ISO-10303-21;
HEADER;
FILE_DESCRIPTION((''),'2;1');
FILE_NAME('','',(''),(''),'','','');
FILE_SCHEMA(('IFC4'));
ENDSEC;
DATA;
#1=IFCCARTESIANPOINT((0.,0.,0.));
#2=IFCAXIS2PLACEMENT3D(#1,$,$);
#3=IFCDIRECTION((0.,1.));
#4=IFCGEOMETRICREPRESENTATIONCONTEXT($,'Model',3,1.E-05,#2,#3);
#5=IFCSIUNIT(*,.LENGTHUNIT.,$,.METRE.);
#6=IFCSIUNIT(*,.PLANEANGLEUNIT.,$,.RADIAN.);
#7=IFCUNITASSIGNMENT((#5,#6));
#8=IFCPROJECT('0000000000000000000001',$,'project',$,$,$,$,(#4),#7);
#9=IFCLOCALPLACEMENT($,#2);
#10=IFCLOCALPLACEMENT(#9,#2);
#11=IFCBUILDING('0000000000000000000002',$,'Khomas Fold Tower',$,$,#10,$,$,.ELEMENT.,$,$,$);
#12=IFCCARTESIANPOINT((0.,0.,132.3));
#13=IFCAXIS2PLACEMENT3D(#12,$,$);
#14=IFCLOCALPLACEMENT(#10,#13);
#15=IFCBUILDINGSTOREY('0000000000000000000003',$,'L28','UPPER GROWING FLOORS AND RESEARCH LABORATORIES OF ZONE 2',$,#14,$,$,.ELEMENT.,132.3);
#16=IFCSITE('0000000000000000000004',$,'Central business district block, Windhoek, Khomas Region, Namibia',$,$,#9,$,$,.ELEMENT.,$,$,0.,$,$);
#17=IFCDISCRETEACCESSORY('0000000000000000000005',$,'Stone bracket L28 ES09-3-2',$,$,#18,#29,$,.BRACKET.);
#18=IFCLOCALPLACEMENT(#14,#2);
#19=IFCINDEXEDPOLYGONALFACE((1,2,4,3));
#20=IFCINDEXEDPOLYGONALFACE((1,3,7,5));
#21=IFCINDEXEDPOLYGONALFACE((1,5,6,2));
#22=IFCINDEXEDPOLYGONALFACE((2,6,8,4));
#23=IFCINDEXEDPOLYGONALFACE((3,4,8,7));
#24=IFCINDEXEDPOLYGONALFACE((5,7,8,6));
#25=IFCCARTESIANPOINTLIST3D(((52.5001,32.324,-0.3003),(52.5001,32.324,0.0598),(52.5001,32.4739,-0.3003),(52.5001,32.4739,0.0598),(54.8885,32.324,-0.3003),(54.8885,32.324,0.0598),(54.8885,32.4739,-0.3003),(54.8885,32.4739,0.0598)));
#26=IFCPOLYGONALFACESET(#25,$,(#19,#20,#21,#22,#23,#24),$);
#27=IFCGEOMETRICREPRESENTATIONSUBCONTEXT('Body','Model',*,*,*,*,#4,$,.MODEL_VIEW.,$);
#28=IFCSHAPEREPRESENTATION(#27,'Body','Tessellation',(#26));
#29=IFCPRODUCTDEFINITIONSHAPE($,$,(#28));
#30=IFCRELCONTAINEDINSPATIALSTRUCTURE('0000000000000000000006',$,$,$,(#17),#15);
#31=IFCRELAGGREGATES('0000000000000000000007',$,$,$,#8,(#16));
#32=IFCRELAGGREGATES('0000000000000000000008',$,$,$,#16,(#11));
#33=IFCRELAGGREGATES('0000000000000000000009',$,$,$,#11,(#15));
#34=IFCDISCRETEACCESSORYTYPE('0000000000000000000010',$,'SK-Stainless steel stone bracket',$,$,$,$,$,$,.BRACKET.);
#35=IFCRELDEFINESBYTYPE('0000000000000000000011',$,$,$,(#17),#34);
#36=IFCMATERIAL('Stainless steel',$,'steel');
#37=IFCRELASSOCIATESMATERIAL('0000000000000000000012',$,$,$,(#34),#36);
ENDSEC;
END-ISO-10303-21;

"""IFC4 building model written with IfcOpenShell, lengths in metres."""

from ifc_helpers import new_model, si_unit, direction, frame, origin, origin_2d, place, context, subcontext, project, spatial, rectangle, extrude, source, transform, mapped, material, type_object, element, save


model = new_model("IFC4")

# Units and contexts
model_context = context("Model", 3, precision=1e-05, world=origin(), true_north=direction((0.0, 1.0)))
body_context = subcontext(model_context, "Body", "Model", "MODEL_VIEW")
ifc_project = project(units=[si_unit("LENGTHUNIT", "METRE"), si_unit("PLANEANGLEUNIT", "RADIAN")], contexts=[model_context])

# Site, building, storey
site_placement = place(None, origin())
site = spatial("IfcSite", under=ifc_project, at=site_placement, Name="Central business district block, Windhoek, Khomas Region, Namibia", CompositionType="ELEMENT", RefElevation=0.0)
building_placement = place(site_placement, origin())
building = spatial("IfcBuilding", under=site, at=building_placement, Name="Khomas Fold Tower", CompositionType="ELEMENT")
storey_placement = place(building_placement, frame((0.0, 0.0, 132.3)))
storey = spatial("IfcBuildingStorey", under=building, at=storey_placement, Name="L28", Description="UPPER GROWING FLOORS AND RESEARCH LABORATORIES OF ZONE 2", CompositionType="ELEMENT", Elevation=132.3)

# Discrete accessory
ifc_material_1 = material(Name="Stainless steel", Category="steel")
discrete_accessory_type = type_object("IfcDiscreteAccessoryType", Name="SK-Stainless steel stone bracket", PredefinedType="BRACKET", material=ifc_material_1)
shared_shape_1 = source(origin(), body_context, "Body", "SweptSolid", [
    extrude(rectangle(XDim=2.3884, YDim=0.1499, at=origin_2d()), origin(), (0.0, 0.0, 1.0), 0.3601),
])
discrete_accessory_placement = place(storey_placement, frame((53.6943, 32.3989, -0.3003), z_axis=(0.0, 0.0, 1.0), x_axis=(1.0, 0.0, 0.0)))
element("IfcDiscreteAccessory", 1, at=discrete_accessory_placement, inside=storey, type_object=discrete_accessory_type, Name="Stone bracket L28 ES09-3-2", PredefinedType="BRACKET", context=body_context, shape_type="MappedRepresentation", body=[
    mapped(shared_shape_1, transform((0.0, 0.0, 0.0))),
])

save(model, "model.ifc")
